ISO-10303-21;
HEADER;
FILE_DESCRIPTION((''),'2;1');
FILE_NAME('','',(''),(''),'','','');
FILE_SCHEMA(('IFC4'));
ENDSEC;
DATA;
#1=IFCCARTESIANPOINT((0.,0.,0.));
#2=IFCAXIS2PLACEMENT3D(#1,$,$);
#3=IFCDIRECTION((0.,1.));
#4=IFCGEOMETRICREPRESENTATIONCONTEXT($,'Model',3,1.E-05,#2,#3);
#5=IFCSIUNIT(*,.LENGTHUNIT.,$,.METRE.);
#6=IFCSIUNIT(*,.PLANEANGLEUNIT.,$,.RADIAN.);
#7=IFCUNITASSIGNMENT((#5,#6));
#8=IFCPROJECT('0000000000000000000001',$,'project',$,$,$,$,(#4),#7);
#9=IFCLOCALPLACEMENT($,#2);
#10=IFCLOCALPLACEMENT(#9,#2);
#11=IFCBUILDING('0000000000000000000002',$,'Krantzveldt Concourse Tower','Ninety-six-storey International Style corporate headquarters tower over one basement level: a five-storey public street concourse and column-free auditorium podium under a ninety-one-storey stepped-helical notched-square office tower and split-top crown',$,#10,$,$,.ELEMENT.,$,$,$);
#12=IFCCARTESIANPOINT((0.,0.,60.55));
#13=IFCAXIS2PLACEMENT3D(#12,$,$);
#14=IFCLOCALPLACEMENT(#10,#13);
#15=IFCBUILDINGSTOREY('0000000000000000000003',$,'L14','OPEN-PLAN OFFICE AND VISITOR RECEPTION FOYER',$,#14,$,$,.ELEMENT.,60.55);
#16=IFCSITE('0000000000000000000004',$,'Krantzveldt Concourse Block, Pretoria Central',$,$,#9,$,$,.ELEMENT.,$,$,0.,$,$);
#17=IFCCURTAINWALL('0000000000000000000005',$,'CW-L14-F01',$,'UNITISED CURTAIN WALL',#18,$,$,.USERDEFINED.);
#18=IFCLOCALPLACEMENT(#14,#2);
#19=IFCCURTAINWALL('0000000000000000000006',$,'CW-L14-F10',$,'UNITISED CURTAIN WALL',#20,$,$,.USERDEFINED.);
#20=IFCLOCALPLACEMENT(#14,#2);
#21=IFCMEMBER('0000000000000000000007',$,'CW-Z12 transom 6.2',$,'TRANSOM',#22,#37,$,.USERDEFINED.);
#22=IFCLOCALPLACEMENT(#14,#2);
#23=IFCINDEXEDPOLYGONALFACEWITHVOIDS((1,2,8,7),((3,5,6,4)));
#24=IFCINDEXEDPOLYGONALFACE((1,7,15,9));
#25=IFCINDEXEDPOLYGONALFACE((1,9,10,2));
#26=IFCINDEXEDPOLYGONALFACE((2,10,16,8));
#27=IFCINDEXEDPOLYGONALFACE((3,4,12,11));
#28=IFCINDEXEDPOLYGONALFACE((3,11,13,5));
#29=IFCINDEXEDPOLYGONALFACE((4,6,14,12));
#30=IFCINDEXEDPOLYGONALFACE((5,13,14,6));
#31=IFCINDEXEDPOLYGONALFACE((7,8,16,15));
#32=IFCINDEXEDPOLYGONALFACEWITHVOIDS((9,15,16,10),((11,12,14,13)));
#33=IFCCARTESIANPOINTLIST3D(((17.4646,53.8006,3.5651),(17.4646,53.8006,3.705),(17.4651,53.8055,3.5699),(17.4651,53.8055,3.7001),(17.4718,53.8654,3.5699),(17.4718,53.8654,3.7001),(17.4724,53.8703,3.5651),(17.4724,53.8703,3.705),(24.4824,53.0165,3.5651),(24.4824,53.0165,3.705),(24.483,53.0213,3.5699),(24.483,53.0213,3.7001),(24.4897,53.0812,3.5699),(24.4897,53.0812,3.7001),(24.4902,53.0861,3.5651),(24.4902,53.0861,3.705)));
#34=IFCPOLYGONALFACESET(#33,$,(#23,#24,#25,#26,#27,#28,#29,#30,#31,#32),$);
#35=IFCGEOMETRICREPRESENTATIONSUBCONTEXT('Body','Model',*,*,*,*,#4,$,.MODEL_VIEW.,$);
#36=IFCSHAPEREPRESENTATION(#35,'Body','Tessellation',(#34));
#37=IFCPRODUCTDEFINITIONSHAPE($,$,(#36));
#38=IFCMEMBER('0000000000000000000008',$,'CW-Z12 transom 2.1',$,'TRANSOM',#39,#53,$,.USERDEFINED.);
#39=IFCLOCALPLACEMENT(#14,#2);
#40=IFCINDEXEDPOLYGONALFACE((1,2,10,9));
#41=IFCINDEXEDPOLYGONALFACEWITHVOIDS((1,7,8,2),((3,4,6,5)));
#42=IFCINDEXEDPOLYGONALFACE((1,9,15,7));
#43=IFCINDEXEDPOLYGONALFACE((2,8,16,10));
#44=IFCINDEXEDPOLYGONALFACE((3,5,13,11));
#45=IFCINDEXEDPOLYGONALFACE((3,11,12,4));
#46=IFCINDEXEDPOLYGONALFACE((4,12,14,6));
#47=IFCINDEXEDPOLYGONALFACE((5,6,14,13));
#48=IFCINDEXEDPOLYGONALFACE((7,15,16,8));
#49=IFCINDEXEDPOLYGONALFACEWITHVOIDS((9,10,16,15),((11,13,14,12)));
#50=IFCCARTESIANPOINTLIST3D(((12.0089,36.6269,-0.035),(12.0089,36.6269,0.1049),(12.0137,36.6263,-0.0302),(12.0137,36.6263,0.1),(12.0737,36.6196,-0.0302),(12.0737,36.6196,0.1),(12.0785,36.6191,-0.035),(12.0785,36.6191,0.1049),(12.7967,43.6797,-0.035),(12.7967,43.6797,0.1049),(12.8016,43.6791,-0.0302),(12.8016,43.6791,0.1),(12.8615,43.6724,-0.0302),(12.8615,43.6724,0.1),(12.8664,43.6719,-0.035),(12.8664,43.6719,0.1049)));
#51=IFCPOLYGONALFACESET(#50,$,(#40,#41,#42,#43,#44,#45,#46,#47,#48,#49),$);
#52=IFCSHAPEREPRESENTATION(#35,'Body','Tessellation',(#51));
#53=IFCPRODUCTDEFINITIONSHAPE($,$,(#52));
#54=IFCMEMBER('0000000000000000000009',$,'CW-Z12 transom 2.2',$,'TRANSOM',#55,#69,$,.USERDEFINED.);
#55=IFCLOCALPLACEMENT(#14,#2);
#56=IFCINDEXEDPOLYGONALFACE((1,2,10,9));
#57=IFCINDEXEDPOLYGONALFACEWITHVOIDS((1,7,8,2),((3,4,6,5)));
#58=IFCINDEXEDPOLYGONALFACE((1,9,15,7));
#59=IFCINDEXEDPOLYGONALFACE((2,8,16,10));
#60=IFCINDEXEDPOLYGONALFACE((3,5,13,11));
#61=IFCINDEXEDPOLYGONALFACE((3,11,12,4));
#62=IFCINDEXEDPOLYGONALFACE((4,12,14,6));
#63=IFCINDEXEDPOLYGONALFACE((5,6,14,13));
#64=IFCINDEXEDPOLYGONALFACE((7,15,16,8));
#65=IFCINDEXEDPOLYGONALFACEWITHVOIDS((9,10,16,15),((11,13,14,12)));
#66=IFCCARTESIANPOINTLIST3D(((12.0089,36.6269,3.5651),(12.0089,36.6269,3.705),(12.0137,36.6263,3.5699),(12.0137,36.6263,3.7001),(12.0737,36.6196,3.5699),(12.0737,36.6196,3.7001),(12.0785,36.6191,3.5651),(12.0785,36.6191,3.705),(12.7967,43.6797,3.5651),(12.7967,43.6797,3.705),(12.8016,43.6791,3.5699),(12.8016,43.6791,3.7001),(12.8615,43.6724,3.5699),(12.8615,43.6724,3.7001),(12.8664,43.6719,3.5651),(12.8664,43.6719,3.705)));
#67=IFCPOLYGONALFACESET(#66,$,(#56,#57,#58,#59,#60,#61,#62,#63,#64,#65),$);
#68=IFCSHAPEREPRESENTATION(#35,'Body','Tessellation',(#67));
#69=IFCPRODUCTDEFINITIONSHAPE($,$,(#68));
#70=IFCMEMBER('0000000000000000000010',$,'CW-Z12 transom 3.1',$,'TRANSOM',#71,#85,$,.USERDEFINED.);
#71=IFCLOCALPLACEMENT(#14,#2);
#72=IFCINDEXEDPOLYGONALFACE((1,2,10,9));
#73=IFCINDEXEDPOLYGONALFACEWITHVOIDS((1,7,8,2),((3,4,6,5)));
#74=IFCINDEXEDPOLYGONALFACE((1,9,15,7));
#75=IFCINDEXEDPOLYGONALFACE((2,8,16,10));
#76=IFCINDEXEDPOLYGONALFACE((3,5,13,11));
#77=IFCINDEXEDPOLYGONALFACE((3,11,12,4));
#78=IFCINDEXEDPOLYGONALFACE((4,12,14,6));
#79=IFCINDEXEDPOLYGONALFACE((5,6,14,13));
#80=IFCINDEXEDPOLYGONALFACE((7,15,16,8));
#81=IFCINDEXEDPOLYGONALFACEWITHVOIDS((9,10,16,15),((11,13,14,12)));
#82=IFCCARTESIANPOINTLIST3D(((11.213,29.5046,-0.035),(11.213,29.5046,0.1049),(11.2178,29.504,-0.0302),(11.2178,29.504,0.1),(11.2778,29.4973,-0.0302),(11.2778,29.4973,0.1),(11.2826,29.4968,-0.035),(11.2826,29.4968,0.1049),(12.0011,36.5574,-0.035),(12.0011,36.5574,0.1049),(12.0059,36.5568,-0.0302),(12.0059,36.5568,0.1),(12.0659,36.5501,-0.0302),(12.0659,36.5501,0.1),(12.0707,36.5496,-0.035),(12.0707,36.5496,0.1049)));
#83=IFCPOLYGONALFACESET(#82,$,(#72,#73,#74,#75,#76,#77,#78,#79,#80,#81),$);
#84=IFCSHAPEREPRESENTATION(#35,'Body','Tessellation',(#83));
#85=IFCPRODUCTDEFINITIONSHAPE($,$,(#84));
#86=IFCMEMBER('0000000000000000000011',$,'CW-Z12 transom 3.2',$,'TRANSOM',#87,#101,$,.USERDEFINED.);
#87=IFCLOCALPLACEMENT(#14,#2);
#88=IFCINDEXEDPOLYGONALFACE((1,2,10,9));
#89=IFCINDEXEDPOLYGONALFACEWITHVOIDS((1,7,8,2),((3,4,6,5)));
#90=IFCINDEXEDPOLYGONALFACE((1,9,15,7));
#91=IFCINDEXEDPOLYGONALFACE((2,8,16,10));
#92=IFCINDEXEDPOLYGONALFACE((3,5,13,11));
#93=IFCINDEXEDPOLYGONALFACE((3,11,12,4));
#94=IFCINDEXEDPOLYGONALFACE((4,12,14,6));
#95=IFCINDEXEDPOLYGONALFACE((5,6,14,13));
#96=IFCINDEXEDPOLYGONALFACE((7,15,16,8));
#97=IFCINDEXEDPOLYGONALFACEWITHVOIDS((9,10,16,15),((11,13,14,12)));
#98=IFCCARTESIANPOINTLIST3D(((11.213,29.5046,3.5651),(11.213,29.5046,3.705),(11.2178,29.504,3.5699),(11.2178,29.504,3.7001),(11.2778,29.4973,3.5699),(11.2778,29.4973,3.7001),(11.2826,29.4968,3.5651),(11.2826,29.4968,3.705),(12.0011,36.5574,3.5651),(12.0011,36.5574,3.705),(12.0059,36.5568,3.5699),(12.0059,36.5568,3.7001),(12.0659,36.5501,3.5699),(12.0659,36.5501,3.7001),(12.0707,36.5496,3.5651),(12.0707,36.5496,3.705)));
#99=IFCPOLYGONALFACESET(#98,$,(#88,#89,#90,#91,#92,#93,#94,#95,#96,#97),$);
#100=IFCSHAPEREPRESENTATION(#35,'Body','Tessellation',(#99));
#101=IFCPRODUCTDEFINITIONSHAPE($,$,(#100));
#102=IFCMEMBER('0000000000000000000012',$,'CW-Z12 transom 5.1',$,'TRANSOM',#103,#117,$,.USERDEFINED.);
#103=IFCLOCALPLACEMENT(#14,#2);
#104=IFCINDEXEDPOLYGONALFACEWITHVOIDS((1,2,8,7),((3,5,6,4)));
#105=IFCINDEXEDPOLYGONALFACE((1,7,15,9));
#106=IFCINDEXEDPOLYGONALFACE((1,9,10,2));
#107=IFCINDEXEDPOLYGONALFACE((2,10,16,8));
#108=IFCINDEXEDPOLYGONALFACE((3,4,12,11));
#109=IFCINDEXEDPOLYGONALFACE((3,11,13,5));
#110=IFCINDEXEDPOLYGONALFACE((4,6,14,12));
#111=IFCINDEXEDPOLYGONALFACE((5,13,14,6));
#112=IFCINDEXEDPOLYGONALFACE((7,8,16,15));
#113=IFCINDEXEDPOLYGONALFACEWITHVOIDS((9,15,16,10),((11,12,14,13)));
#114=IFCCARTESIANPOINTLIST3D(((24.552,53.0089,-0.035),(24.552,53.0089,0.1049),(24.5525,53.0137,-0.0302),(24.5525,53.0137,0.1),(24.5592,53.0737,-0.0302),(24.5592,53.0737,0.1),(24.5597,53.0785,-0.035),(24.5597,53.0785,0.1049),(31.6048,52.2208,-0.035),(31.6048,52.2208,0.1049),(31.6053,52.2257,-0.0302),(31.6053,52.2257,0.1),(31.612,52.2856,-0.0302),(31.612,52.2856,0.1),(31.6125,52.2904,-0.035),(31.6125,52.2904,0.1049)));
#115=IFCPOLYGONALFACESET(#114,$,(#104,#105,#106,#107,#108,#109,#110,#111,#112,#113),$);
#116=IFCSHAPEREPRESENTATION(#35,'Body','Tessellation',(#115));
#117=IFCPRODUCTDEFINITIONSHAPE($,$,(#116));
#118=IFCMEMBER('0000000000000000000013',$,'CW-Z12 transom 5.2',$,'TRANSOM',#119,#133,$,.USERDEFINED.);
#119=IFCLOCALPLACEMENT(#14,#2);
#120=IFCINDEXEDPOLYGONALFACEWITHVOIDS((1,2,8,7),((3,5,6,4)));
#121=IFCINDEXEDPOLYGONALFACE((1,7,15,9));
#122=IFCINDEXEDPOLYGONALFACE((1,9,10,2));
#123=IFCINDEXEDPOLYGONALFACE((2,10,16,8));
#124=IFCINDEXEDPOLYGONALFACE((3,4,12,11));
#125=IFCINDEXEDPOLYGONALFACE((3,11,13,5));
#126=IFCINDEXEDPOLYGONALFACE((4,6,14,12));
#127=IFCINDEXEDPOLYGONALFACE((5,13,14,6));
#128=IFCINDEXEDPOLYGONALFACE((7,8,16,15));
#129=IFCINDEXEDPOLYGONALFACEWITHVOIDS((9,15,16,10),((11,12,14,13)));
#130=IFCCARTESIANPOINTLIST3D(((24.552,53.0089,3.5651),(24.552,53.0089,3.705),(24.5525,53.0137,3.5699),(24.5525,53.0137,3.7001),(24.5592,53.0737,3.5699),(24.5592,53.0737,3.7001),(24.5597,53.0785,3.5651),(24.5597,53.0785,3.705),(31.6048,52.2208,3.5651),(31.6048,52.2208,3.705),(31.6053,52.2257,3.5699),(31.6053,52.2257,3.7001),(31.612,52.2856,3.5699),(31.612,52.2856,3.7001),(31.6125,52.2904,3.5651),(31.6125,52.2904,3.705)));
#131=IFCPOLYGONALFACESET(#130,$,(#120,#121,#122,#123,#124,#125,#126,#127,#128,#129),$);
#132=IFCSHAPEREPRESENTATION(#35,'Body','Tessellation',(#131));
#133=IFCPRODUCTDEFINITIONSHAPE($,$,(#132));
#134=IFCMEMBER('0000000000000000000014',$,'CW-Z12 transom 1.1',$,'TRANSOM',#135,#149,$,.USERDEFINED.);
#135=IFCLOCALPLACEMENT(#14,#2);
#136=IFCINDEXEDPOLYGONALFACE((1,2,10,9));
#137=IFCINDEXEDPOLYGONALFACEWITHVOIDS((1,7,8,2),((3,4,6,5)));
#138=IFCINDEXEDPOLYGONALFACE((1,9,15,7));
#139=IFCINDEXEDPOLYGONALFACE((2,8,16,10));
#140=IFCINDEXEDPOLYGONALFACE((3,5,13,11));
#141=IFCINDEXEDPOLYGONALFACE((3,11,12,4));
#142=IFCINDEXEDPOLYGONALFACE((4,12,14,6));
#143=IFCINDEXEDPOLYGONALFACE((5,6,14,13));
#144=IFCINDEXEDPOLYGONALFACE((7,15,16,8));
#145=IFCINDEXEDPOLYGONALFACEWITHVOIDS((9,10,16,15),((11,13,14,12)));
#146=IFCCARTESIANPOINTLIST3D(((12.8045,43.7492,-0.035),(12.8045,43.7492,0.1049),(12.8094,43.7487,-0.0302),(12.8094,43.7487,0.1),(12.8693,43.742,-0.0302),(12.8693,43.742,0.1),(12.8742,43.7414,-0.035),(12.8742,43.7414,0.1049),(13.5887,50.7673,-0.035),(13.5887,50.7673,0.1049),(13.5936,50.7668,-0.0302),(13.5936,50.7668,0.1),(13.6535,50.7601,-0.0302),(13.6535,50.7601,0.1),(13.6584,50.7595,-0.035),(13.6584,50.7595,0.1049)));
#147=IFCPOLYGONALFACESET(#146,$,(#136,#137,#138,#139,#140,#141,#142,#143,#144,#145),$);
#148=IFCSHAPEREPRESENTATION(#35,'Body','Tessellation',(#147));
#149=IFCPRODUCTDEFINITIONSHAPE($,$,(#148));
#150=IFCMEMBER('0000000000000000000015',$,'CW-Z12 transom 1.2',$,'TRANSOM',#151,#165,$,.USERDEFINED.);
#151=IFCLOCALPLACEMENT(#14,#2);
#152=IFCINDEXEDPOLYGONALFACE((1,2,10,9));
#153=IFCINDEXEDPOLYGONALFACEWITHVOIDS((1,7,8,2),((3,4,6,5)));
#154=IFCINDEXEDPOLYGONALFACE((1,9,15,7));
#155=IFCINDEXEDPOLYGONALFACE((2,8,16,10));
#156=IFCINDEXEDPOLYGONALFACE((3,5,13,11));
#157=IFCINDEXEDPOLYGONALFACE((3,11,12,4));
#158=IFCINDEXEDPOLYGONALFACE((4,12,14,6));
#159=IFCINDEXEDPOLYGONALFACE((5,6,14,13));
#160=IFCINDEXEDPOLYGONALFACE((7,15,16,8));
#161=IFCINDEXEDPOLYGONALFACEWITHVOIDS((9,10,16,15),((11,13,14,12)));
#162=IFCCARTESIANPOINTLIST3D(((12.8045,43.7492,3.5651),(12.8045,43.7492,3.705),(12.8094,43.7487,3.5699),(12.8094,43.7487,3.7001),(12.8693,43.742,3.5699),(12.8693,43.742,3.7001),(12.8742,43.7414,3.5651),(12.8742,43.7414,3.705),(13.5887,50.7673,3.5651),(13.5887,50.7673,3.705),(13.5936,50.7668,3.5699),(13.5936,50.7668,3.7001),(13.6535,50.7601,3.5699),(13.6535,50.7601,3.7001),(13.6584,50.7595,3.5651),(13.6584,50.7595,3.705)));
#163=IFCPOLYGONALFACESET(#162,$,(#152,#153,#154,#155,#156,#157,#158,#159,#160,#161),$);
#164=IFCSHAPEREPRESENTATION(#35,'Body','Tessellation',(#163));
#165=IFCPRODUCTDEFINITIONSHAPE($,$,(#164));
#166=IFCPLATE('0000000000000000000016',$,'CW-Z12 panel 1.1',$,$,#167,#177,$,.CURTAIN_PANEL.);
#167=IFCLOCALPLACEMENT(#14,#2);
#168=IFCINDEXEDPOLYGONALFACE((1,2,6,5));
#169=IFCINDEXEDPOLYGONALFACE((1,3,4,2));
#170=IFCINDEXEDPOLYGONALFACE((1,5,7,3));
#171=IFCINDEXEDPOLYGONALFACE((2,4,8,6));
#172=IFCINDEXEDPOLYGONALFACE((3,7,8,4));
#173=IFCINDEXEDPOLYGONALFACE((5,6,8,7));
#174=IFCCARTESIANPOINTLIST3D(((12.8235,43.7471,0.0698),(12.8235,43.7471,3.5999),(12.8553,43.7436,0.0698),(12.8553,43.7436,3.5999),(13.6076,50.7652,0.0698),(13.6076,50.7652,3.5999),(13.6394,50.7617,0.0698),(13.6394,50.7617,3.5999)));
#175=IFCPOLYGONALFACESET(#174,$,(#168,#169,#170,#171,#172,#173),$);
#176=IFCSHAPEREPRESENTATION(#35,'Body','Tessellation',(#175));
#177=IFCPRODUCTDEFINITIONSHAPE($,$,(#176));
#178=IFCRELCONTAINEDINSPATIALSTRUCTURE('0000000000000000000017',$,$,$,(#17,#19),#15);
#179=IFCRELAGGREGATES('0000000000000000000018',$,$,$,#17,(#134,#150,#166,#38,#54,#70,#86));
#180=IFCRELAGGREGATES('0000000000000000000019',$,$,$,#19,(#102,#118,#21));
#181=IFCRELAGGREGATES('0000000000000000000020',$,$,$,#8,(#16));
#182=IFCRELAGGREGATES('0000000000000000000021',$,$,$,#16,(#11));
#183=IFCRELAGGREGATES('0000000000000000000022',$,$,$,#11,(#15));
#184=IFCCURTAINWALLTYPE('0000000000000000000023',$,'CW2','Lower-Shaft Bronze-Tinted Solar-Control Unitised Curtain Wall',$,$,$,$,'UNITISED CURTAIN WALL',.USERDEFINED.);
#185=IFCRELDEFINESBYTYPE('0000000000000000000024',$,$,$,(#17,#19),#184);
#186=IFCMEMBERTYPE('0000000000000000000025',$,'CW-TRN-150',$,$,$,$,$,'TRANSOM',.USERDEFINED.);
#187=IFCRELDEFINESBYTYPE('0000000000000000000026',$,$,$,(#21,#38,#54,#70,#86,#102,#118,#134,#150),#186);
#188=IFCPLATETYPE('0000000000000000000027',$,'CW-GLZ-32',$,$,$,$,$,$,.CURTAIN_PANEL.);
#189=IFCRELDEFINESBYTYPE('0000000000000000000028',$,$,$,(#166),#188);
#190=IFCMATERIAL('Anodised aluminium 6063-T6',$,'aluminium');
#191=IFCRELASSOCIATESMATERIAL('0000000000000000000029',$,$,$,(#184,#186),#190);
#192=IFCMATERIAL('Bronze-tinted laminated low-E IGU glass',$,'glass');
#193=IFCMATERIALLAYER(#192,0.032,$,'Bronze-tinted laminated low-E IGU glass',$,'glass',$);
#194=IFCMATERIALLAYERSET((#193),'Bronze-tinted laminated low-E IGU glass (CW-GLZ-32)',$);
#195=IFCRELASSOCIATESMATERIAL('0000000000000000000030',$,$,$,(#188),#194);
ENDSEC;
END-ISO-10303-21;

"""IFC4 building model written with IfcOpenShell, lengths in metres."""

from ifc_helpers import new_model, si_unit, direction, frame, origin, origin_2d, place, context, subcontext, project, spatial, rectangle, hollow_rectangle, extrude, source, transform, mapped, material, layer, layer_set, material_profile, profile_set, type_object, type_shapes, element, aggregate, save


model = new_model("IFC4")

# Units and contexts
model_context = context("Model", 3, precision=1e-05, world=origin(), true_north=direction((0.0, 1.0)))
body_context = subcontext(model_context, "Body", "Model", "MODEL_VIEW")
ifc_project = project(units=[si_unit("LENGTHUNIT", "METRE"), si_unit("PLANEANGLEUNIT", "RADIAN")], contexts=[model_context])

# Site, building, storey
site_placement = place(None, origin())
site = spatial("IfcSite", under=ifc_project, at=site_placement, Name="Krantzveldt Concourse Block, Pretoria Central", CompositionType="ELEMENT", RefElevation=0.0)
building_placement = place(site_placement, origin())
building = spatial("IfcBuilding", under=site, at=building_placement, Name="Krantzveldt Concourse Tower", Description="Ninety-six-storey International Style corporate headquarters tower over one basement level: a five-storey public street concourse and column-free auditorium podium under a ninety-one-storey stepped-helical notched-square office tower and split-top crown", CompositionType="ELEMENT")
storey_placement = place(building_placement, frame((0.0, 0.0, 60.55)))
storey = spatial("IfcBuildingStorey", under=building, at=storey_placement, Name="L14", Description="OPEN-PLAN OFFICE AND VISITOR RECEPTION FOYER", CompositionType="ELEMENT", Elevation=60.55)

# Curtain walls, member
ifc_material_1 = material(Name="Anodised aluminium 6063-T6", Category="aluminium")
curtain_wall_type = type_object("IfcCurtainWallType", Name="CW2", Description="Lower-Shaft Bronze-Tinted Solar-Control Unitised Curtain Wall", ElementType="UNITISED CURTAIN WALL", PredefinedType="USERDEFINED", material=ifc_material_1)
curtain_wall_1_placement = place(storey_placement, origin())
curtain_wall_1 = element("IfcCurtainWall", 1, at=curtain_wall_1_placement, inside=storey, type_object=curtain_wall_type, Name="CW-L14-F01", ObjectType="UNITISED CURTAIN WALL", PredefinedType="USERDEFINED")
curtain_wall_2_placement = place(storey_placement, origin())
curtain_wall_2 = element("IfcCurtainWall", 2, at=curtain_wall_2_placement, inside=storey, type_object=curtain_wall_type, Name="CW-L14-F10", ObjectType="UNITISED CURTAIN WALL", PredefinedType="USERDEFINED")
ifc_material_profile_1 = material_profile(ifc_material_1, hollow_rectangle(XDim=0.0701, YDim=0.1399, WallThickness=0.0049, at=origin_2d()), Name="Anodised aluminium 6063-T6", Category="aluminium")
ifc_profile_set_1 = profile_set([ifc_material_profile_1], Name="Anodised aluminium 6063-T6 - ALU-TRAN 140x70x5")
member_type_1 = type_object("IfcMemberType", Name="CW-TRN-150", ElementType="TRANSOM", PredefinedType="USERDEFINED", material=ifc_profile_set_1)
shared_shape_1 = source(origin(), body_context, "Body", "SweptSolid", [
    extrude(hollow_rectangle(XDim=0.0701, YDim=0.1399, WallThickness=0.0049, at=origin_2d()), origin(), (0.0, 0.0, 1.0), 7.0615),
])
member_1_placement = place(storey_placement, frame((24.4863, 53.0513, 3.635), z_axis=(-0.993815, 0.11105, 0.0), x_axis=(-0.11105, -0.993815, 0.0)))
member_1 = element("IfcMember", 3, at=member_1_placement, type_object=member_type_1, Name="CW-Z12 transom 6.2", ObjectType="TRANSOM", PredefinedType="USERDEFINED", context=body_context, shape_type="MappedRepresentation", body=[
    mapped(shared_shape_1, transform((0.0, 0.0, 0.0), x_axis=(1.0, 0.0, 0.0), y_axis=(0.0, 1.0, 0.0), z_axis=(0.0, 0.0, 1.0), scale=1.0)),
])

# Members
shared_shape_2 = source(origin(), body_context, "Body", "SweptSolid", [
    extrude(hollow_rectangle(XDim=0.0701, YDim=0.1399, WallThickness=0.0049, at=origin_2d()), origin(), (0.0, 0.0, 1.0), 7.0967),
])
member_2_placement = place(storey_placement, frame((12.8315, 43.6758, 0.0349), z_axis=(-0.111017, -0.993819, 0.0), x_axis=(0.993819, -0.111017, 0.0)))
member_2 = element("IfcMember", 4, at=member_2_placement, type_object=member_type_1, Name="CW-Z12 transom 2.1", ObjectType="TRANSOM", PredefinedType="USERDEFINED", context=body_context, shape_type="MappedRepresentation", body=[
    mapped(shared_shape_2, transform((0.0, 0.0, 0.0), x_axis=(1.0, 0.0, 0.0), y_axis=(0.0, 1.0, 0.0), z_axis=(0.0, 0.0, 1.0), scale=1.0)),
])
member_3_placement = place(storey_placement, frame((12.8315, 43.6758, 3.635), z_axis=(-0.111017, -0.993819, 0.0), x_axis=(0.993819, -0.111017, 0.0)))
member_3 = element("IfcMember", 5, at=member_3_placement, type_object=member_type_1, Name="CW-Z12 transom 2.2", ObjectType="TRANSOM", PredefinedType="USERDEFINED", context=body_context, shape_type="MappedRepresentation", body=[
    mapped(shared_shape_2, transform((0.0, 0.0, 0.0), x_axis=(1.0, 0.0, 0.0), y_axis=(0.0, 1.0, 0.0), z_axis=(0.0, 0.0, 1.0), scale=1.0)),
])
member_4_placement = place(storey_placement, frame((12.0359, 36.5535, 0.0349), z_axis=(-0.111051, -0.993815, 0.0), x_axis=(0.993815, -0.111051, 0.0)))
member_4 = element("IfcMember", 6, at=member_4_placement, type_object=member_type_1, Name="CW-Z12 transom 3.1", ObjectType="TRANSOM", PredefinedType="USERDEFINED", context=body_context, shape_type="MappedRepresentation", body=[
    mapped(shared_shape_2, transform((0.0, 0.0, 0.0), x_axis=(1.0, 0.0, 0.0), y_axis=(0.0, 1.0, 0.0), z_axis=(0.0, 0.0, 1.0), scale=1.0)),
])
member_5_placement = place(storey_placement, frame((12.0359, 36.5535, 3.635), z_axis=(-0.111051, -0.993815, 0.0), x_axis=(0.993815, -0.111051, 0.0)))
member_5 = element("IfcMember", 7, at=member_5_placement, type_object=member_type_1, Name="CW-Z12 transom 3.2", ObjectType="TRANSOM", PredefinedType="USERDEFINED", context=body_context, shape_type="MappedRepresentation", body=[
    mapped(shared_shape_2, transform((0.0, 0.0, 0.0), x_axis=(1.0, 0.0, 0.0), y_axis=(0.0, 1.0, 0.0), z_axis=(0.0, 0.0, 1.0), scale=1.0)),
])
member_6_placement = place(storey_placement, frame((31.6086, 52.2556, 0.0349), z_axis=(-0.993815, 0.111051, 0.0), x_axis=(-0.111051, -0.993815, 0.0)))
member_6 = element("IfcMember", 8, at=member_6_placement, type_object=member_type_1, Name="CW-Z12 transom 5.1", ObjectType="TRANSOM", PredefinedType="USERDEFINED", context=body_context, shape_type="MappedRepresentation", body=[
    mapped(shared_shape_2, transform((0.0, 0.0, 0.0), x_axis=(1.0, 0.0, 0.0), y_axis=(0.0, 1.0, 0.0), z_axis=(0.0, 0.0, 1.0), scale=1.0)),
])
member_7_placement = place(storey_placement, frame((31.6086, 52.2556, 3.635), z_axis=(-0.993815, 0.111051, 0.0), x_axis=(-0.111051, -0.993815, 0.0)))
member_7 = element("IfcMember", 9, at=member_7_placement, type_object=member_type_1, Name="CW-Z12 transom 5.2", ObjectType="TRANSOM", PredefinedType="USERDEFINED", context=body_context, shape_type="MappedRepresentation", body=[
    mapped(shared_shape_2, transform((0.0, 0.0, 0.0), x_axis=(1.0, 0.0, 0.0), y_axis=(0.0, 1.0, 0.0), z_axis=(0.0, 0.0, 1.0), scale=1.0)),
])
shared_shape_3 = source(origin(), body_context, "Body", "SweptSolid", [
    extrude(hollow_rectangle(XDim=0.0701, YDim=0.1399, WallThickness=0.0049, at=origin_2d()), origin(), (0.0, 0.0, 1.0), 7.0618),
])
type_shapes(member_type_1, [shared_shape_1, shared_shape_2, shared_shape_3])
member_8_placement = place(storey_placement, frame((13.6235, 50.7634, 0.0349), z_axis=(-0.111046, -0.993815, 0.0), x_axis=(0.993815, -0.111046, 0.0)))
member_8 = element("IfcMember", 10, at=member_8_placement, type_object=member_type_1, Name="CW-Z12 transom 1.1", ObjectType="TRANSOM", PredefinedType="USERDEFINED", context=body_context, shape_type="MappedRepresentation", body=[
    mapped(shared_shape_3, transform((0.0, 0.0, 0.0), x_axis=(1.0, 0.0, 0.0), y_axis=(0.0, 1.0, 0.0), z_axis=(0.0, 0.0, 1.0), scale=1.0)),
])
member_9_placement = place(storey_placement, frame((13.6235, 50.7634, 3.635), z_axis=(-0.111046, -0.993815, 0.0), x_axis=(0.993815, -0.111046, 0.0)))
member_9 = element("IfcMember", 11, at=member_9_placement, type_object=member_type_1, Name="CW-Z12 transom 1.2", ObjectType="TRANSOM", PredefinedType="USERDEFINED", context=body_context, shape_type="MappedRepresentation", body=[
    mapped(shared_shape_3, transform((0.0, 0.0, 0.0), x_axis=(1.0, 0.0, 0.0), y_axis=(0.0, 1.0, 0.0), z_axis=(0.0, 0.0, 1.0), scale=1.0)),
])

# Plate
ifc_material_2 = material(Name="Bronze-tinted laminated low-E IGU glass", Category="glass")
ifc_layer_1 = layer(ifc_material_2, 0.032, Name="Bronze-tinted laminated low-E IGU glass", Category="glass")
ifc_layer_set_1 = layer_set([ifc_layer_1], Name="Bronze-tinted laminated low-E IGU glass (CW-GLZ-32)")
plate_type = type_object("IfcPlateType", Name="CW-GLZ-32", PredefinedType="CURTAIN_PANEL", material=ifc_layer_set_1)
shared_shape_4 = source(origin(), body_context, "Body", "SweptSolid", [
    extrude(rectangle(XDim=7.0618, YDim=0.032, at=origin_2d()), origin(), (0.0, 0.0, 1.0), 3.53),
])
plate_1_placement = place(storey_placement, frame((13.2314, 47.2544, 0.0698), z_axis=(0.0, 0.0, 1.0), x_axis=(-0.111035, -0.993816, 0.0)))
plate_1 = element("IfcPlate", 12, at=plate_1_placement, type_object=plate_type, Name="CW-Z12 panel 1.1", PredefinedType="CURTAIN_PANEL", context=body_context, shape_type="MappedRepresentation", body=[
    mapped(shared_shape_4, transform((0.0, 0.0, 0.0), x_axis=(1.0, 0.0, 0.0), y_axis=(0.0, 1.0, 0.0), z_axis=(0.0, 0.0, 1.0), scale=1.0)),
])
aggregate(curtain_wall_1, [member_8, member_9, plate_1, member_2, member_3, member_4, member_5])
aggregate(curtain_wall_2, [member_6, member_7, member_1])

save(model, "model.ifc")
